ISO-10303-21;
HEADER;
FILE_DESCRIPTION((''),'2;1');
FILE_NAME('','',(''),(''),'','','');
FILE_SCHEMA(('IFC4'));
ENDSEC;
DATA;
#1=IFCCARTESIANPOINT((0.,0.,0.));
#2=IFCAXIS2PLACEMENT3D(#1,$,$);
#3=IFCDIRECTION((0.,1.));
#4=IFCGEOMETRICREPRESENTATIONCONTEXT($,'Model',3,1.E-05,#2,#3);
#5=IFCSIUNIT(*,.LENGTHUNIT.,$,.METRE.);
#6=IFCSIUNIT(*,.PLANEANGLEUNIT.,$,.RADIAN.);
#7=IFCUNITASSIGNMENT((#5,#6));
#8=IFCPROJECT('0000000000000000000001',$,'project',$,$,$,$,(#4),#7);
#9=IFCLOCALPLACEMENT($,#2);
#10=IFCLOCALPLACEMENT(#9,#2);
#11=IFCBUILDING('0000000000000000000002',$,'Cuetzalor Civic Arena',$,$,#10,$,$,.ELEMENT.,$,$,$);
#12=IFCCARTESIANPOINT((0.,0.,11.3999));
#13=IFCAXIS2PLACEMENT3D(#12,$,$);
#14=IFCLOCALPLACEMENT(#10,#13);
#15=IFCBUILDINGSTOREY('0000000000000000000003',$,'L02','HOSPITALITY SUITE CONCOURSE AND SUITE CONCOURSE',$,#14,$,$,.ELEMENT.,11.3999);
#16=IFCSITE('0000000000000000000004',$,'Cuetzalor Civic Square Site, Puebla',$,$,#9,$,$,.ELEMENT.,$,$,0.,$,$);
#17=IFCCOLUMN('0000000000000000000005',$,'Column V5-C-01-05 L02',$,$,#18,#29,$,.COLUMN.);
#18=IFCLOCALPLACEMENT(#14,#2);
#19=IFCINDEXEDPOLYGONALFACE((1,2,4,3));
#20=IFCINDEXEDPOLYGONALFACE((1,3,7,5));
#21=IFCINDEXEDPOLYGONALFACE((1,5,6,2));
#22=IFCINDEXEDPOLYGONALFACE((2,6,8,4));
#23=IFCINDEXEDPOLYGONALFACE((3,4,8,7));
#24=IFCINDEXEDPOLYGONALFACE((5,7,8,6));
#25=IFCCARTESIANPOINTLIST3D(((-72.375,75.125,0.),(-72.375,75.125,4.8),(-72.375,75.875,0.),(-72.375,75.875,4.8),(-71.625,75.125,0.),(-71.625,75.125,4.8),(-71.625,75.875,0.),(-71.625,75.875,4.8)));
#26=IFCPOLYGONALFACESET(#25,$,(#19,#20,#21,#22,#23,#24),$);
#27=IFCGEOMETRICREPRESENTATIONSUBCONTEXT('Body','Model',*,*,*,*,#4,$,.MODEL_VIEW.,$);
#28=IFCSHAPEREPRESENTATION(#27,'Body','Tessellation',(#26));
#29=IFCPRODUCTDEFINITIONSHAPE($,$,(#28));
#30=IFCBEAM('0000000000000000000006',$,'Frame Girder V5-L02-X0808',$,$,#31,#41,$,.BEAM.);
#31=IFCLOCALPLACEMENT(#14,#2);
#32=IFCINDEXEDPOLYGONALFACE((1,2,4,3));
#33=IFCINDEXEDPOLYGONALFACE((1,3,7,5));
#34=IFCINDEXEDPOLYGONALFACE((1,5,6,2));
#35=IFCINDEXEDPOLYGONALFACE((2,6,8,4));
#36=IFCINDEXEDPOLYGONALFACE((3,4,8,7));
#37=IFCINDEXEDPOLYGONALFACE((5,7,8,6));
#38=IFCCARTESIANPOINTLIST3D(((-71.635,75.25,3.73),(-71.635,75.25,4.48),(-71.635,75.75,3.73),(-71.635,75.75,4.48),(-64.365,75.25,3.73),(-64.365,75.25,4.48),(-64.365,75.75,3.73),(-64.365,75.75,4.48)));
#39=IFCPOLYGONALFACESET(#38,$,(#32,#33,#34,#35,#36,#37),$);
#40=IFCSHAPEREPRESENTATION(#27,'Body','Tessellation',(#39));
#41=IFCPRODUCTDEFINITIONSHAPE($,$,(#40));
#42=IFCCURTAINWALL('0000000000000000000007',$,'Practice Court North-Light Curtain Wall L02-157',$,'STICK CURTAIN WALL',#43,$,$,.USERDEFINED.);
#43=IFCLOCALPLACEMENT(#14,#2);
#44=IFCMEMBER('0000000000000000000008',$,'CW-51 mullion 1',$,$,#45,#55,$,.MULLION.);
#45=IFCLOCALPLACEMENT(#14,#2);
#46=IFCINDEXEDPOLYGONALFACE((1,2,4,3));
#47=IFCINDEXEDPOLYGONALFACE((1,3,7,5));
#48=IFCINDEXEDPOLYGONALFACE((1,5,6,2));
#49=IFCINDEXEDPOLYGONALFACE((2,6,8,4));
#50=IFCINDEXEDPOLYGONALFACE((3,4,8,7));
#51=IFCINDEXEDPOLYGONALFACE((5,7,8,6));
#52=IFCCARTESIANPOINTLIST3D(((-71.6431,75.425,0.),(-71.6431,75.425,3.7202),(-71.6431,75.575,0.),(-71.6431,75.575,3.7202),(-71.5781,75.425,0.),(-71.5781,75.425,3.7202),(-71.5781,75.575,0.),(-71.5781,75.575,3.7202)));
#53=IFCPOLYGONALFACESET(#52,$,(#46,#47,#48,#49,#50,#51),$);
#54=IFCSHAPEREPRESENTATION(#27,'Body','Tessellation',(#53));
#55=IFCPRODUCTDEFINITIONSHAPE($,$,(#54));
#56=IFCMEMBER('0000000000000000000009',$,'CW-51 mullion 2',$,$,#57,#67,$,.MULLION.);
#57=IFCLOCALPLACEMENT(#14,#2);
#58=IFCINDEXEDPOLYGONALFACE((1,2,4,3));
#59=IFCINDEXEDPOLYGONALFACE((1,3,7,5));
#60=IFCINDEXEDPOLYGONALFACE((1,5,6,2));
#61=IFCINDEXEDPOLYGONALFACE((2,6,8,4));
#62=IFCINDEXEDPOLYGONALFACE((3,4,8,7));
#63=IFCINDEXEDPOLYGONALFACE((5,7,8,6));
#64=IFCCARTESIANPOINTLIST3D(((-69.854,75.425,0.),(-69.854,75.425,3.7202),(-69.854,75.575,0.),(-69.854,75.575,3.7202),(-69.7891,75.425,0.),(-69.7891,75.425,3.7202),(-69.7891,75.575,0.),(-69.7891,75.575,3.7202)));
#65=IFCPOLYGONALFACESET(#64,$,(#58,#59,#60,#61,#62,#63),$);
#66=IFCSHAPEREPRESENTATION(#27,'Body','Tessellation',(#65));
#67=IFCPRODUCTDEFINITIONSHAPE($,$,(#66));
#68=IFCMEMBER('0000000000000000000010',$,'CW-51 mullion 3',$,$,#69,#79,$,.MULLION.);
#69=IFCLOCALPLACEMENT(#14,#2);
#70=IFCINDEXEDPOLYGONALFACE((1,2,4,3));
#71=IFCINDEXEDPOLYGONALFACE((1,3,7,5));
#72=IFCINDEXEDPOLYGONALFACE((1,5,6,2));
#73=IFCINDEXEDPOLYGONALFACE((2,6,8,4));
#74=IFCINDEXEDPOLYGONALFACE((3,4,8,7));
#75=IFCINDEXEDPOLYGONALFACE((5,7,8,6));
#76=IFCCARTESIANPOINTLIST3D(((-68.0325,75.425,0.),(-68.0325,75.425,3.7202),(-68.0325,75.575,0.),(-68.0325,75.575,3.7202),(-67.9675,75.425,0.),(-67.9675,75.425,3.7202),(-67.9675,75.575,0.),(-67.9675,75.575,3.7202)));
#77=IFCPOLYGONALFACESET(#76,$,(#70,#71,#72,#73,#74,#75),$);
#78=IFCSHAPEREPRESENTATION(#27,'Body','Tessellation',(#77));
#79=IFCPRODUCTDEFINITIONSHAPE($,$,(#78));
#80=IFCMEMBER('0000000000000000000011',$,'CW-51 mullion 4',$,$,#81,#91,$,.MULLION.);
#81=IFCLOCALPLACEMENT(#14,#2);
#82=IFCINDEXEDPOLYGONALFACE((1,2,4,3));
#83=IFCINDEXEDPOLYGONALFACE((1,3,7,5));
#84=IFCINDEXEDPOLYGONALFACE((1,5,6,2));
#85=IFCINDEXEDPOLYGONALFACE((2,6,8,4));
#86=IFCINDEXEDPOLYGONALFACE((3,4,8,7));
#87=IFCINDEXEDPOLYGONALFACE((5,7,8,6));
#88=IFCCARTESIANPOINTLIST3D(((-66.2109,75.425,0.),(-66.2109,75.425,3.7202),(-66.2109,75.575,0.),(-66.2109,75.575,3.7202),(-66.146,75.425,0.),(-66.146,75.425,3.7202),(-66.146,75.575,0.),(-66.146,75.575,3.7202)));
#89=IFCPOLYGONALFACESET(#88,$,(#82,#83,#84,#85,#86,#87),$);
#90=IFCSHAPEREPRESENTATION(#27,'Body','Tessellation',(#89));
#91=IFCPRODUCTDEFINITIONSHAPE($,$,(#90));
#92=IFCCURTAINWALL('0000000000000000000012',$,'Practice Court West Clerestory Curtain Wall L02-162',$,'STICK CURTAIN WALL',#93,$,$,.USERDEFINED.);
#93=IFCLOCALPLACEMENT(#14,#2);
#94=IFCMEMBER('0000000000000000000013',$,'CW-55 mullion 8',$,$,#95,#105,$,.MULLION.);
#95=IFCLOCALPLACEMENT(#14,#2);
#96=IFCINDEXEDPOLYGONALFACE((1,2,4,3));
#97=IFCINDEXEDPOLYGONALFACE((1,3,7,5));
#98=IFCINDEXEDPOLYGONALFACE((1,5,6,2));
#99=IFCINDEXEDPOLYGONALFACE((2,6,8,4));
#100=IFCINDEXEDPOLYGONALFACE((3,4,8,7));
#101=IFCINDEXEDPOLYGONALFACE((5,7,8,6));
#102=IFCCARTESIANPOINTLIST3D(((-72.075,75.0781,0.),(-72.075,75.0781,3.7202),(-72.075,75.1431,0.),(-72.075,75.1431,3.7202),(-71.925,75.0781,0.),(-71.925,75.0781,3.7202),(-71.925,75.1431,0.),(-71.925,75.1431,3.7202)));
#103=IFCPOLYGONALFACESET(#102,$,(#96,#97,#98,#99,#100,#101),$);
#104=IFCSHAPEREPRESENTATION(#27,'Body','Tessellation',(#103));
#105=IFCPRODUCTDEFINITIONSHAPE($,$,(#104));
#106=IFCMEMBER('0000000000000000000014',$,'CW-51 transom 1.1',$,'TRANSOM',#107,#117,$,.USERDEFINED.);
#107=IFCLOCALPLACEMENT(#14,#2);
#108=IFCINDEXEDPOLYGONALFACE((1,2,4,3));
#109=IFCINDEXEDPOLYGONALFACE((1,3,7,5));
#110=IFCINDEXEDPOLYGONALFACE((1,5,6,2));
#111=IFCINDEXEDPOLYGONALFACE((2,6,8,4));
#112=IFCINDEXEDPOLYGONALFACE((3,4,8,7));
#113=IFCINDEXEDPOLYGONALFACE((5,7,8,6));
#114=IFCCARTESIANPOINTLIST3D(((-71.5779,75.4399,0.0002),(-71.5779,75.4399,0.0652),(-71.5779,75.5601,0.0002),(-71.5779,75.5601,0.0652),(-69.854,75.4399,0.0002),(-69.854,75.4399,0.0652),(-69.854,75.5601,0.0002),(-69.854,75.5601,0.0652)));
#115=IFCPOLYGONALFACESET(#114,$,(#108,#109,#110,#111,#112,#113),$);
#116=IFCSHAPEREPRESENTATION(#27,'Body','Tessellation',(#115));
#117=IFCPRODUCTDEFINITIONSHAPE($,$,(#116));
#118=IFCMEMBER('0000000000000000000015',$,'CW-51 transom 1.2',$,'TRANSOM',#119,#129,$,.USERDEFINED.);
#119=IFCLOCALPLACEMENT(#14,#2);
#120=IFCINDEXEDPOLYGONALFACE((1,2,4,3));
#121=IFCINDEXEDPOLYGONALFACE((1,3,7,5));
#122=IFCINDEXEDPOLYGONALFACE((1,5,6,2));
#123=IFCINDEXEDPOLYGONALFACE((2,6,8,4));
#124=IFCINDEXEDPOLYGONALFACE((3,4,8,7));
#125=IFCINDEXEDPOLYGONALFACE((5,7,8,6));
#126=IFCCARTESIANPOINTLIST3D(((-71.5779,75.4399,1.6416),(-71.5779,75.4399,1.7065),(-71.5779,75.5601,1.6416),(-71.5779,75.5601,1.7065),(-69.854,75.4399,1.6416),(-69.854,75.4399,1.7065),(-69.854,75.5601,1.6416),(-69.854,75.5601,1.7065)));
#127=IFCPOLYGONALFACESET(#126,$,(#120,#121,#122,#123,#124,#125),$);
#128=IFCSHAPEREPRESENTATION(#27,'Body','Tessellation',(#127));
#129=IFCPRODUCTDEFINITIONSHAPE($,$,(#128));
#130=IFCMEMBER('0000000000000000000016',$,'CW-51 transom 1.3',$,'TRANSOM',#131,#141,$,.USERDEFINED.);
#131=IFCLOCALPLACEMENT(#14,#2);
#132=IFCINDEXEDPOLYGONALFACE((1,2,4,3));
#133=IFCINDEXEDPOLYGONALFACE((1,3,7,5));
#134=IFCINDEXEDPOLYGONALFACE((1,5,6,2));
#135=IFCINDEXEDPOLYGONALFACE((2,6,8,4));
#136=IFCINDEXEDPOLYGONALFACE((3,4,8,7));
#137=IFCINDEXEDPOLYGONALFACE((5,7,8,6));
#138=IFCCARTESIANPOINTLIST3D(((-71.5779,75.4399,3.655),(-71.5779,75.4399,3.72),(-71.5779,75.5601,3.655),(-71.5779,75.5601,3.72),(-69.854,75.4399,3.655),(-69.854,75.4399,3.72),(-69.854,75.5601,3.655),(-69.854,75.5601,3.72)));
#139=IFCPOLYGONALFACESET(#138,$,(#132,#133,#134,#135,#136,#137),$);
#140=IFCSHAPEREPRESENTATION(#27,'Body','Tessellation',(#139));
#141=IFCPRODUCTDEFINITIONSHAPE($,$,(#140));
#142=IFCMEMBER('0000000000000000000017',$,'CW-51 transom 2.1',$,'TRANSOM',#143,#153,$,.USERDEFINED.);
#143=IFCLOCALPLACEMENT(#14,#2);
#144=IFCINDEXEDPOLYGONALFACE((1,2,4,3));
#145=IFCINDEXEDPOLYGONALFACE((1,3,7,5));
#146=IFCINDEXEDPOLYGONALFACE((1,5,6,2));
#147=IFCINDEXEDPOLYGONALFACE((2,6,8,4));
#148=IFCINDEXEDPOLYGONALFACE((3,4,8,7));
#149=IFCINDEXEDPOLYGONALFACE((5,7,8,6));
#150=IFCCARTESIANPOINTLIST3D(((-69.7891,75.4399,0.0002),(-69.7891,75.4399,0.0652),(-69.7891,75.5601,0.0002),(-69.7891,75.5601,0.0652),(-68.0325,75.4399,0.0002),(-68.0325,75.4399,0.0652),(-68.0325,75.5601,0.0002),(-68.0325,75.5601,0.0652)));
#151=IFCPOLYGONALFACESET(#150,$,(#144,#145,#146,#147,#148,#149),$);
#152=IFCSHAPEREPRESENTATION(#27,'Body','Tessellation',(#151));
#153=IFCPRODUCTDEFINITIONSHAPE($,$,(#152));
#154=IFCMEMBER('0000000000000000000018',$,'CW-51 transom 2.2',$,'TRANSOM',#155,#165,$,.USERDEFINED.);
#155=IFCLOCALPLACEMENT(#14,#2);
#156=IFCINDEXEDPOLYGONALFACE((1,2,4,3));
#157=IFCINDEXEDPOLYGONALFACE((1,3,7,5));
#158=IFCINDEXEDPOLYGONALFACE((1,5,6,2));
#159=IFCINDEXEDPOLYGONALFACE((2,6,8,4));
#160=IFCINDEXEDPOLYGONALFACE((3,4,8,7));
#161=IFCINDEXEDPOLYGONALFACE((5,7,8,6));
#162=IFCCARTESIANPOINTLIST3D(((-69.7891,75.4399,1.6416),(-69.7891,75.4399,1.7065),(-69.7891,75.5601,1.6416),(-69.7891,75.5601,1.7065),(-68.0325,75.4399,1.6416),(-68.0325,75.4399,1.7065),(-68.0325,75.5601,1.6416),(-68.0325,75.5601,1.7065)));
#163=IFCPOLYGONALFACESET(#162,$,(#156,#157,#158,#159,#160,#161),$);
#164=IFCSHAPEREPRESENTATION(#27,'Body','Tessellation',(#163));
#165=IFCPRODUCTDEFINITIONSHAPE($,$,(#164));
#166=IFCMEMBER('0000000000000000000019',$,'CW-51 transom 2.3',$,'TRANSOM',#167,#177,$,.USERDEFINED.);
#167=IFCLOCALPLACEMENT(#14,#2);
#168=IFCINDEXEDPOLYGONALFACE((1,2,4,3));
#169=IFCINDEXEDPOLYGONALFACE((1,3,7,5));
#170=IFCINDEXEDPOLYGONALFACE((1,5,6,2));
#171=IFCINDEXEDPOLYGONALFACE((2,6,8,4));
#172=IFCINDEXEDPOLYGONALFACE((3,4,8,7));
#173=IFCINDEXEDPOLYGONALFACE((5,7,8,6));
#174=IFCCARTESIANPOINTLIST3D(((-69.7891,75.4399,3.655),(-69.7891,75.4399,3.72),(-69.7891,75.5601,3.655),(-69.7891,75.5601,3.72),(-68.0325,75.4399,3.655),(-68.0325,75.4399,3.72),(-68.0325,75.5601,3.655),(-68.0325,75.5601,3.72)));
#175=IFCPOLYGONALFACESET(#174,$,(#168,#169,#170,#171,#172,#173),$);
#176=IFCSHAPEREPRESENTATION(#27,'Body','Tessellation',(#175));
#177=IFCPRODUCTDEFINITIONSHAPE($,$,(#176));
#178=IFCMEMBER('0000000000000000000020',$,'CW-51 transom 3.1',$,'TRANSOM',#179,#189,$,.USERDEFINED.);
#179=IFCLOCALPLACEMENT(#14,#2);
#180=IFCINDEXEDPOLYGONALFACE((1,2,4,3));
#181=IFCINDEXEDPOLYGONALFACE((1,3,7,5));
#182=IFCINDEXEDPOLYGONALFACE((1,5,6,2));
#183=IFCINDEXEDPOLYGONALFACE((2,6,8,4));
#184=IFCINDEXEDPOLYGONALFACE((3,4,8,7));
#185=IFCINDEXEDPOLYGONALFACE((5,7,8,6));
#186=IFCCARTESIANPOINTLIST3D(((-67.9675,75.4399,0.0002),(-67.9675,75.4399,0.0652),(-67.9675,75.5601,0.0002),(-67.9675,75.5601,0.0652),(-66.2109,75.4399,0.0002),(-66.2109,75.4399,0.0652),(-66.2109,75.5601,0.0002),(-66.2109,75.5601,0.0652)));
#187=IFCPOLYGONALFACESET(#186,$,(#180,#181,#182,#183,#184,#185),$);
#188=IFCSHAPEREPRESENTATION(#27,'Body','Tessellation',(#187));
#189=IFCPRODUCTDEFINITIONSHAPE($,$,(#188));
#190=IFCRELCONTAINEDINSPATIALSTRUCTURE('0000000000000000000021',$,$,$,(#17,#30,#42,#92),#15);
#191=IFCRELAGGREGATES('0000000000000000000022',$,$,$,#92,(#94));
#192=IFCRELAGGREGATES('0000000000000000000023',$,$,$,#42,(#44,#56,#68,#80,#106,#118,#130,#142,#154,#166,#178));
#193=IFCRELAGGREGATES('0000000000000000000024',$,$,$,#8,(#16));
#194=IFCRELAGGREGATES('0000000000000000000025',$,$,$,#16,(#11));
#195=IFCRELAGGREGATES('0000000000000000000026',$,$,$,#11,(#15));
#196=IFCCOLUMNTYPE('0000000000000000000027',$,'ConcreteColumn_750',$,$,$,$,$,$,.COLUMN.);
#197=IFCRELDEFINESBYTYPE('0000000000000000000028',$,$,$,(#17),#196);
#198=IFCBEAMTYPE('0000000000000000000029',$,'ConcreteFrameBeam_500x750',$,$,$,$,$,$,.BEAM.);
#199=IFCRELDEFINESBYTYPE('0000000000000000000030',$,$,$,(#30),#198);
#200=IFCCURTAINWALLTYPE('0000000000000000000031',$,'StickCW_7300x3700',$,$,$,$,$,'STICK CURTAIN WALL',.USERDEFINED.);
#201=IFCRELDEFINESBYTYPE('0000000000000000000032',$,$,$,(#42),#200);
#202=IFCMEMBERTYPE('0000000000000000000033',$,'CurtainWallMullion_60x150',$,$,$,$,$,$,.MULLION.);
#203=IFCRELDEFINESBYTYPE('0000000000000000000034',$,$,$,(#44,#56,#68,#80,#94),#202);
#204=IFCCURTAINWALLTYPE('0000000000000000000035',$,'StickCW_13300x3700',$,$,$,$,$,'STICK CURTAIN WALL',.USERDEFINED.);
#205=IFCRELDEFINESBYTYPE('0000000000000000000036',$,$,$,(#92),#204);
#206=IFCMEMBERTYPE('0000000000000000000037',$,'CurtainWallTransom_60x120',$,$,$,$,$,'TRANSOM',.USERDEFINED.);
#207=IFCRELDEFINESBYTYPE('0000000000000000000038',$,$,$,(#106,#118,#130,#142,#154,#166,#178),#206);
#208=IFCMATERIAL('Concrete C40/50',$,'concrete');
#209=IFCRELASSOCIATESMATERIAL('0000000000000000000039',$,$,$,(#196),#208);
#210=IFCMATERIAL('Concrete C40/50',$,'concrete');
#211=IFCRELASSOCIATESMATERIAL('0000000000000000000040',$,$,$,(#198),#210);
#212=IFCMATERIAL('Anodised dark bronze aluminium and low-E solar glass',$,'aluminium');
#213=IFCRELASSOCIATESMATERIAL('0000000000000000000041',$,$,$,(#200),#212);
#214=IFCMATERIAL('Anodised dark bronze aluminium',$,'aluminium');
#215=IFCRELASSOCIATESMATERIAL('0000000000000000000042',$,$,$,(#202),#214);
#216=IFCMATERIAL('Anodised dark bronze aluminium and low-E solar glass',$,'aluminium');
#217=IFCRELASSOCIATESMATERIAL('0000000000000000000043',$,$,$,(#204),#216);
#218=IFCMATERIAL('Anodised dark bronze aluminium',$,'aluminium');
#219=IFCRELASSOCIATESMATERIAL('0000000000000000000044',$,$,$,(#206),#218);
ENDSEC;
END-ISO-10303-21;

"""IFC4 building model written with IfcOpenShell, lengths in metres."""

from ifc_helpers import new_model, si_unit, direction, frame, origin, origin_2d, place, context, subcontext, project, spatial, rectangle, extrude, material, material_profile, profile_set, type_object, element, aggregate, save


model = new_model("IFC4")

# Units and contexts
model_context = context("Model", 3, precision=1e-05, world=origin(), true_north=direction((0.0, 1.0)))
body_context = subcontext(model_context, "Body", "Model", "MODEL_VIEW")
ifc_project = project(units=[si_unit("LENGTHUNIT", "METRE"), si_unit("PLANEANGLEUNIT", "RADIAN")], contexts=[model_context])

# Site, building, storey
site_placement = place(None, origin())
site = spatial("IfcSite", under=ifc_project, at=site_placement, Name="Cuetzalor Civic Square Site, Puebla", CompositionType="ELEMENT", RefElevation=0.0)
building_placement = place(site_placement, origin())
building = spatial("IfcBuilding", under=site, at=building_placement, Name="Cuetzalor Civic Arena", CompositionType="ELEMENT")
storey_placement = place(building_placement, frame((0.0, 0.0, 11.3999)))
storey = spatial("IfcBuildingStorey", under=building, at=storey_placement, Name="L02", Description="HOSPITALITY SUITE CONCOURSE AND SUITE CONCOURSE", CompositionType="ELEMENT", Elevation=11.3999)

# Column
ifc_material_1 = material(Name="Concrete C40/50", Category="concrete")
ifc_material_profile_1 = material_profile(ifc_material_1, rectangle(XDim=0.75, YDim=0.75, at=origin_2d()), Name="RC 750x750")
ifc_profile_set_1 = profile_set([ifc_material_profile_1], Name="Concrete C40/50")
column_type = type_object("IfcColumnType", Name="ConcreteColumn_750", PredefinedType="COLUMN", material=ifc_profile_set_1)
column_placement = place(storey_placement, frame((-72.0, 75.5, 0.0), z_axis=(0.0, 0.0, 1.0), x_axis=(1.0, 0.0, 0.0)))
element("IfcColumn", 1, at=column_placement, inside=storey, type_object=column_type, Name="Column V5-C-01-05 L02", PredefinedType="COLUMN", context=body_context, shape_type="SweptSolid", body=[
    extrude(rectangle(XDim=0.75, YDim=0.75, at=origin_2d()), origin(), (0.0, 0.0, 1.0), 4.8),
])

# Beam
ifc_material_2 = material(Name="Concrete C40/50", Category="concrete")
ifc_material_profile_2 = material_profile(ifc_material_2, rectangle(XDim=0.5, YDim=0.75, at=origin_2d()), Name="RC 500x750")
ifc_profile_set_2 = profile_set([ifc_material_profile_2], Name="Concrete C40/50")
beam_type = type_object("IfcBeamType", Name="ConcreteFrameBeam_500x750", PredefinedType="BEAM", material=ifc_profile_set_2)
beam_placement = place(storey_placement, frame((-71.635, 75.5, 4.105), z_axis=(1.0, 0.0, 0.0), x_axis=(0.0, 1.0, 0.0)))
element("IfcBeam", 2, at=beam_placement, inside=storey, type_object=beam_type, Name="Frame Girder V5-L02-X0808", PredefinedType="BEAM", context=body_context, shape_type="SweptSolid", body=[
    extrude(rectangle(XDim=0.5, YDim=0.75, at=origin_2d()), origin(), (0.0, 0.0, 1.0), 7.27),
])

# Curtain wall, members
ifc_material_3 = material(Name="Anodised dark bronze aluminium and low-E solar glass", Category="aluminium")
curtain_wall_type_1 = type_object("IfcCurtainWallType", Name="StickCW_7300x3700", ElementType="STICK CURTAIN WALL", PredefinedType="USERDEFINED", material=ifc_material_3)
curtain_wall_1_placement = place(storey_placement, origin())
curtain_wall_1 = element("IfcCurtainWall", 3, at=curtain_wall_1_placement, inside=storey, type_object=curtain_wall_type_1, Name="Practice Court North-Light Curtain Wall L02-157", ObjectType="STICK CURTAIN WALL", PredefinedType="USERDEFINED")
ifc_material_4 = material(Name="Anodised dark bronze aluminium", Category="aluminium")
ifc_material_profile_3 = material_profile(ifc_material_4, rectangle(XDim=0.0649, YDim=0.1499, at=origin_2d()), Name="ALU MULLION 65x150")
ifc_profile_set_3 = profile_set([ifc_material_profile_3], Name="Anodised dark bronze aluminium")
member_type_1 = type_object("IfcMemberType", Name="CurtainWallMullion_60x150", PredefinedType="MULLION", material=ifc_profile_set_3)
member_1_placement = place(storey_placement, frame((-71.6106, 75.5, 0.0), z_axis=(0.0, 0.0, 1.0), x_axis=(1.0, 0.0, 0.0)))
member_1 = element("IfcMember", 4, at=member_1_placement, type_object=member_type_1, Name="CW-51 mullion 1", PredefinedType="MULLION", context=body_context, shape_type="SweptSolid", body=[
    extrude(rectangle(XDim=0.0649, YDim=0.1499, at=origin_2d()), origin(), (0.0, 0.0, 1.0), 3.7202),
])
member_2_placement = place(storey_placement, frame((-69.8215, 75.5, 0.0), z_axis=(0.0, 0.0, 1.0), x_axis=(1.0, 0.0, 0.0)))
member_2 = element("IfcMember", 5, at=member_2_placement, type_object=member_type_1, Name="CW-51 mullion 2", PredefinedType="MULLION", context=body_context, shape_type="SweptSolid", body=[
    extrude(rectangle(XDim=0.0649, YDim=0.1499, at=origin_2d()), origin(), (0.0, 0.0, 1.0), 3.7202),
])
member_3_placement = place(storey_placement, frame((-68.0, 75.5, 0.0), z_axis=(0.0, 0.0, 1.0), x_axis=(1.0, 0.0, 0.0)))
member_3 = element("IfcMember", 6, at=member_3_placement, type_object=member_type_1, Name="CW-51 mullion 3", PredefinedType="MULLION", context=body_context, shape_type="SweptSolid", body=[
    extrude(rectangle(XDim=0.0649, YDim=0.1499, at=origin_2d()), origin(), (0.0, 0.0, 1.0), 3.7202),
])
member_4_placement = place(storey_placement, frame((-66.1785, 75.5, 0.0), z_axis=(0.0, 0.0, 1.0), x_axis=(1.0, 0.0, 0.0)))
member_4 = element("IfcMember", 7, at=member_4_placement, type_object=member_type_1, Name="CW-51 mullion 4", PredefinedType="MULLION", context=body_context, shape_type="SweptSolid", body=[
    extrude(rectangle(XDim=0.0649, YDim=0.1499, at=origin_2d()), origin(), (0.0, 0.0, 1.0), 3.7202),
])

# Curtain wall, member
ifc_material_5 = material(Name="Anodised dark bronze aluminium and low-E solar glass", Category="aluminium")
curtain_wall_type_2 = type_object("IfcCurtainWallType", Name="StickCW_13300x3700", ElementType="STICK CURTAIN WALL", PredefinedType="USERDEFINED", material=ifc_material_5)
curtain_wall_2_placement = place(storey_placement, origin())
curtain_wall_2 = element("IfcCurtainWall", 8, at=curtain_wall_2_placement, inside=storey, type_object=curtain_wall_type_2, Name="Practice Court West Clerestory Curtain Wall L02-162", ObjectType="STICK CURTAIN WALL", PredefinedType="USERDEFINED")
member_5_placement = place(storey_placement, frame((-72.0, 75.1106, 0.0), z_axis=(0.0, 0.0, 1.0), x_axis=(0.0, 1.0, 0.0)))
member_5 = element("IfcMember", 9, at=member_5_placement, type_object=member_type_1, Name="CW-55 mullion 8", PredefinedType="MULLION", context=body_context, shape_type="SweptSolid", body=[
    extrude(rectangle(XDim=0.0649, YDim=0.1499, at=origin_2d()), origin(), (0.0, 0.0, 1.0), 3.7202),
])
aggregate(curtain_wall_2, [member_5])

# Members
ifc_material_6 = material(Name="Anodised dark bronze aluminium", Category="aluminium")
ifc_material_profile_4 = material_profile(ifc_material_6, rectangle(XDim=0.1201, YDim=0.0649, at=origin_2d()), Name="ALU TRANSOM 65x120")
ifc_profile_set_4 = profile_set([ifc_material_profile_4], Name="Anodised dark bronze aluminium")
member_type_2 = type_object("IfcMemberType", Name="CurtainWallTransom_60x120", ElementType="TRANSOM", PredefinedType="USERDEFINED", material=ifc_profile_set_4)
member_6_placement = place(storey_placement, frame((-71.5779, 75.5, 0.0327), z_axis=(1.0, 0.0, 0.0), x_axis=(0.0, 1.0, 0.0)))
member_6 = element("IfcMember", 10, at=member_6_placement, type_object=member_type_2, Name="CW-51 transom 1.1", ObjectType="TRANSOM", PredefinedType="USERDEFINED", context=body_context, shape_type="SweptSolid", body=[
    extrude(rectangle(XDim=0.1201, YDim=0.0649, at=origin_2d()), origin(), (0.0, 0.0, 1.0), 1.7239),
])
member_7_placement = place(storey_placement, frame((-71.5779, 75.5, 1.6741), z_axis=(1.0, 0.0, 0.0), x_axis=(0.0, 1.0, 0.0)))
member_7 = element("IfcMember", 11, at=member_7_placement, type_object=member_type_2, Name="CW-51 transom 1.2", ObjectType="TRANSOM", PredefinedType="USERDEFINED", context=body_context, shape_type="SweptSolid", body=[
    extrude(rectangle(XDim=0.1201, YDim=0.0649, at=origin_2d()), origin(), (0.0, 0.0, 1.0), 1.7239),
])
member_8_placement = place(storey_placement, frame((-71.5779, 75.5, 3.6875), z_axis=(1.0, 0.0, 0.0), x_axis=(0.0, 1.0, 0.0)))
member_8 = element("IfcMember", 12, at=member_8_placement, type_object=member_type_2, Name="CW-51 transom 1.3", ObjectType="TRANSOM", PredefinedType="USERDEFINED", context=body_context, shape_type="SweptSolid", body=[
    extrude(rectangle(XDim=0.1201, YDim=0.0649, at=origin_2d()), origin(), (0.0, 0.0, 1.0), 1.7239),
])
member_9_placement = place(storey_placement, frame((-69.7891, 75.5, 0.0327), z_axis=(1.0, 0.0, 0.0), x_axis=(0.0, 1.0, 0.0)))
member_9 = element("IfcMember", 13, at=member_9_placement, type_object=member_type_2, Name="CW-51 transom 2.1", ObjectType="TRANSOM", PredefinedType="USERDEFINED", context=body_context, shape_type="SweptSolid", body=[
    extrude(rectangle(XDim=0.1201, YDim=0.0649, at=origin_2d()), origin(), (0.0, 0.0, 1.0), 1.7566),
])
member_10_placement = place(storey_placement, frame((-69.7891, 75.5, 1.6741), z_axis=(1.0, 0.0, 0.0), x_axis=(0.0, 1.0, 0.0)))
member_10 = element("IfcMember", 14, at=member_10_placement, type_object=member_type_2, Name="CW-51 transom 2.2", ObjectType="TRANSOM", PredefinedType="USERDEFINED", context=body_context, shape_type="SweptSolid", body=[
    extrude(rectangle(XDim=0.1201, YDim=0.0649, at=origin_2d()), origin(), (0.0, 0.0, 1.0), 1.7566),
])
member_11_placement = place(storey_placement, frame((-69.7891, 75.5, 3.6875), z_axis=(1.0, 0.0, 0.0), x_axis=(0.0, 1.0, 0.0)))
member_11 = element("IfcMember", 15, at=member_11_placement, type_object=member_type_2, Name="CW-51 transom 2.3", ObjectType="TRANSOM", PredefinedType="USERDEFINED", context=body_context, shape_type="SweptSolid", body=[
    extrude(rectangle(XDim=0.1201, YDim=0.0649, at=origin_2d()), origin(), (0.0, 0.0, 1.0), 1.7566),
])
member_12_placement = place(storey_placement, frame((-67.9675, 75.5, 0.0327), z_axis=(1.0, 0.0, 0.0), x_axis=(0.0, 1.0, 0.0)))
member_12 = element("IfcMember", 16, at=member_12_placement, type_object=member_type_2, Name="CW-51 transom 3.1", ObjectType="TRANSOM", PredefinedType="USERDEFINED", context=body_context, shape_type="SweptSolid", body=[
    extrude(rectangle(XDim=0.1201, YDim=0.0649, at=origin_2d()), origin(), (0.0, 0.0, 1.0), 1.7566),
])

aggregate(curtain_wall_1, [member_1, member_2, member_3, member_4, member_6, member_7, member_8, member_9, member_10, member_11, member_12])

save(model, "model.ifc")
